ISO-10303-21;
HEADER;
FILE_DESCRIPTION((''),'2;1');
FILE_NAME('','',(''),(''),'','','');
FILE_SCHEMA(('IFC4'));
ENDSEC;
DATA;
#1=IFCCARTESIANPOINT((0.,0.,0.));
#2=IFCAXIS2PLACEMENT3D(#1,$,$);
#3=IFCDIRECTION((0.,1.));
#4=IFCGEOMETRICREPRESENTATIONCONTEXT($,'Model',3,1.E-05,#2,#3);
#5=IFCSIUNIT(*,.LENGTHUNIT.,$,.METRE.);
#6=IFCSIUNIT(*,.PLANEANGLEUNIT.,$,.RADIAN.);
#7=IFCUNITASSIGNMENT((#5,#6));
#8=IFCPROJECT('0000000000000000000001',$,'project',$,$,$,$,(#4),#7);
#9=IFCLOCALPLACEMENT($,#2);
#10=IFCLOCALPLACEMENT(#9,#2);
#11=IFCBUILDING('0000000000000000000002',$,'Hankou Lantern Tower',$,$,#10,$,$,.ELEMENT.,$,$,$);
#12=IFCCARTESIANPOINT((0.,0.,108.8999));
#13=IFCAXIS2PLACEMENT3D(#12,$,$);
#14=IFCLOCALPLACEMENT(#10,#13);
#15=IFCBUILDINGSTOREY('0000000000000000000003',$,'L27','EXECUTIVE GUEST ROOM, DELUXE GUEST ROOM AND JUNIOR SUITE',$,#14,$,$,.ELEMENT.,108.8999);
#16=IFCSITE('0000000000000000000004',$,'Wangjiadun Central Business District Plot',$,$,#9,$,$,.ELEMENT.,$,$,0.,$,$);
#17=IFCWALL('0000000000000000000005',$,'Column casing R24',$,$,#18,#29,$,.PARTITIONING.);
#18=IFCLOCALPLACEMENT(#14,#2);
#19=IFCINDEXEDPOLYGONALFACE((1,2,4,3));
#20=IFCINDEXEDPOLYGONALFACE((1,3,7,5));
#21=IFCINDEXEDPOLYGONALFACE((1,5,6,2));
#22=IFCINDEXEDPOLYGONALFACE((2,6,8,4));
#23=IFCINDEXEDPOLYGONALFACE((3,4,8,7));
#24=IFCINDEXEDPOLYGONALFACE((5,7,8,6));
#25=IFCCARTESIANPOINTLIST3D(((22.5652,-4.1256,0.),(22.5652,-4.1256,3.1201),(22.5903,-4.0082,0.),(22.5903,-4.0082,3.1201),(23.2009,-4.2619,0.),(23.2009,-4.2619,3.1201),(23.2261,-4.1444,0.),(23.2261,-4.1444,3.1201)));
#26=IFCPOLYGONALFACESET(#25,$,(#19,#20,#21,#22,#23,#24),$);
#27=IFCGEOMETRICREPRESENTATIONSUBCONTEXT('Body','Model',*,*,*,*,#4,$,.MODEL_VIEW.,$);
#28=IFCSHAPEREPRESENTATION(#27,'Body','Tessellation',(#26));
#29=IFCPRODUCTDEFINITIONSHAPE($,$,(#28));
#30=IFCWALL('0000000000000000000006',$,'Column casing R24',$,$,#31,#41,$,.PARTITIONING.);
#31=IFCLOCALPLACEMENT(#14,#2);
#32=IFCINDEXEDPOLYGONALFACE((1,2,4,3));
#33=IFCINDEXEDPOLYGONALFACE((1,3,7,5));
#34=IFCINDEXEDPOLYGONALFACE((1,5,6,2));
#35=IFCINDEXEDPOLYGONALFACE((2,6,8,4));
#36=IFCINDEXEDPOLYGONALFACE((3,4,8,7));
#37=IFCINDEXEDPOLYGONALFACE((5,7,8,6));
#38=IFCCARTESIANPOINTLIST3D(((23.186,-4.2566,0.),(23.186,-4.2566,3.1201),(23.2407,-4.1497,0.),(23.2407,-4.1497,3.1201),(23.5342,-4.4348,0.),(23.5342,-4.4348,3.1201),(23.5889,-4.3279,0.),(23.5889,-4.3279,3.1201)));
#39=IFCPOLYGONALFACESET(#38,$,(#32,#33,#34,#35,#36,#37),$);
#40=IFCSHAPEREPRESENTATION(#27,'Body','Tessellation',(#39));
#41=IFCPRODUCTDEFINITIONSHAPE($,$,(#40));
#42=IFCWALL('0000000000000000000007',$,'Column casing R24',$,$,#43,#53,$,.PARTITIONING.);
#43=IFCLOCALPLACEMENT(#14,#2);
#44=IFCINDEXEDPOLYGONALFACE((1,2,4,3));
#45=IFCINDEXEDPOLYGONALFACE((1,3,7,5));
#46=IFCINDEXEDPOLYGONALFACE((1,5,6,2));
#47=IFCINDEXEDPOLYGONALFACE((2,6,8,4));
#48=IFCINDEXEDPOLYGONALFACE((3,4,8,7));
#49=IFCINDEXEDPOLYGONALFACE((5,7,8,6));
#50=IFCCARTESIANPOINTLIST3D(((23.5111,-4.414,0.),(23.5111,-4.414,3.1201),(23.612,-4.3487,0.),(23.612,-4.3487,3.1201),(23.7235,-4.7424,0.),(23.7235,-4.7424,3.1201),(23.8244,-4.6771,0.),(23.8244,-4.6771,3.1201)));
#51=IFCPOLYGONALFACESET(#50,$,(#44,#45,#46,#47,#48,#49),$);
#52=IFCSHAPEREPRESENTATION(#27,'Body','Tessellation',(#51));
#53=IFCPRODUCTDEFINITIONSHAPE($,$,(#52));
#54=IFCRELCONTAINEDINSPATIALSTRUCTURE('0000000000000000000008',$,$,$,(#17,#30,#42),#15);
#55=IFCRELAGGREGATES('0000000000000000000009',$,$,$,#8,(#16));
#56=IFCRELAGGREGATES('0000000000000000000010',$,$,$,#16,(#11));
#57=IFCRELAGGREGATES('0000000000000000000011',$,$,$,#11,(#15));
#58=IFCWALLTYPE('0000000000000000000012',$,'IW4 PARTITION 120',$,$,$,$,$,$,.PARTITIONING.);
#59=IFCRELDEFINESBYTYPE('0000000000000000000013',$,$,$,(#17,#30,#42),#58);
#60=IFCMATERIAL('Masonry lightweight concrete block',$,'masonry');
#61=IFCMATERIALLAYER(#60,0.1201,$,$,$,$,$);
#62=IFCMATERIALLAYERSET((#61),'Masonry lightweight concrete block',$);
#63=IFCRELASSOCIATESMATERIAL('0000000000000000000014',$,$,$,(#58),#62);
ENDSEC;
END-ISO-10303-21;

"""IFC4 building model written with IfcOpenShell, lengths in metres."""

from ifc_helpers import new_model, si_unit, direction, frame, frame_2d, origin, place, context, subcontext, project, spatial, rectangle, extrude, material, layer, layer_set, type_object, element, save


model = new_model("IFC4")

# Units and contexts
model_context = context("Model", 3, precision=1e-05, world=origin(), true_north=direction((0.0, 1.0)))
body_context = subcontext(model_context, "Body", "Model", "MODEL_VIEW")
ifc_project = project(units=[si_unit("LENGTHUNIT", "METRE"), si_unit("PLANEANGLEUNIT", "RADIAN")], contexts=[model_context])

# Site, building, storey
site_placement = place(None, origin())
site = spatial("IfcSite", under=ifc_project, at=site_placement, Name="Wangjiadun Central Business District Plot", CompositionType="ELEMENT", RefElevation=0.0)
building_placement = place(site_placement, origin())
building = spatial("IfcBuilding", under=site, at=building_placement, Name="Hankou Lantern Tower", CompositionType="ELEMENT")
storey_placement = place(building_placement, frame((0.0, 0.0, 108.8999)))
storey = spatial("IfcBuildingStorey", under=building, at=storey_placement, Name="L27", Description="EXECUTIVE GUEST ROOM, DELUXE GUEST ROOM AND JUNIOR SUITE", CompositionType="ELEMENT", Elevation=108.8999)

# Walls
ifc_material_1 = material(Name="Masonry lightweight concrete block", Category="masonry")
ifc_layer_1 = layer(ifc_material_1, 0.1201)
ifc_layer_set_1 = layer_set([ifc_layer_1], Name="Masonry lightweight concrete block")
wall_type_1 = type_object("IfcWallType", Name="IW4 PARTITION 120", PredefinedType="PARTITIONING", material=ifc_layer_set_1)
wall_1_placement = place(storey_placement, frame((22.5776, -4.0669, 0.0), z_axis=(0.0, 0.0, 1.0), x_axis=(0.977802, -0.209529, 0.0)))
element("IfcWall", 1, at=wall_1_placement, inside=storey, type_object=wall_type_1, Name="Column casing R24", PredefinedType="PARTITIONING", context=body_context, shape_type="SweptSolid", body=[
    extrude(rectangle(XDim=0.6501, YDim=0.1201, at=frame_2d((0.3252, 0.0))), origin(), (0.0, 0.0, 1.0), 3.1201),
])
for number, where, z_axis, x_axis, name in (
    (2, (23.2134, -4.2031, 0.0), (0.0, 0.0, 1.0), (0.890142, -0.455683, 0.0), "Column casing R24"),
    (3, (23.5615, -4.3813, 0.0), (0.0, 0.0, 1.0), (0.543122, -0.839654, 0.0), "Column casing R24"),
):
    element("IfcWall", number, at=place(storey_placement, frame(where, z_axis=z_axis, x_axis=x_axis)), inside=storey, type_object=wall_type_1, Name=name, PredefinedType="PARTITIONING", context=body_context, shape_type="SweptSolid", body=[
        extrude(rectangle(XDim=0.3911, YDim=0.1201, at=frame_2d((0.1956, 0.0))), origin(), (0.0, 0.0, 1.0), 3.1201),
    ])

save(model, "model.ifc")
